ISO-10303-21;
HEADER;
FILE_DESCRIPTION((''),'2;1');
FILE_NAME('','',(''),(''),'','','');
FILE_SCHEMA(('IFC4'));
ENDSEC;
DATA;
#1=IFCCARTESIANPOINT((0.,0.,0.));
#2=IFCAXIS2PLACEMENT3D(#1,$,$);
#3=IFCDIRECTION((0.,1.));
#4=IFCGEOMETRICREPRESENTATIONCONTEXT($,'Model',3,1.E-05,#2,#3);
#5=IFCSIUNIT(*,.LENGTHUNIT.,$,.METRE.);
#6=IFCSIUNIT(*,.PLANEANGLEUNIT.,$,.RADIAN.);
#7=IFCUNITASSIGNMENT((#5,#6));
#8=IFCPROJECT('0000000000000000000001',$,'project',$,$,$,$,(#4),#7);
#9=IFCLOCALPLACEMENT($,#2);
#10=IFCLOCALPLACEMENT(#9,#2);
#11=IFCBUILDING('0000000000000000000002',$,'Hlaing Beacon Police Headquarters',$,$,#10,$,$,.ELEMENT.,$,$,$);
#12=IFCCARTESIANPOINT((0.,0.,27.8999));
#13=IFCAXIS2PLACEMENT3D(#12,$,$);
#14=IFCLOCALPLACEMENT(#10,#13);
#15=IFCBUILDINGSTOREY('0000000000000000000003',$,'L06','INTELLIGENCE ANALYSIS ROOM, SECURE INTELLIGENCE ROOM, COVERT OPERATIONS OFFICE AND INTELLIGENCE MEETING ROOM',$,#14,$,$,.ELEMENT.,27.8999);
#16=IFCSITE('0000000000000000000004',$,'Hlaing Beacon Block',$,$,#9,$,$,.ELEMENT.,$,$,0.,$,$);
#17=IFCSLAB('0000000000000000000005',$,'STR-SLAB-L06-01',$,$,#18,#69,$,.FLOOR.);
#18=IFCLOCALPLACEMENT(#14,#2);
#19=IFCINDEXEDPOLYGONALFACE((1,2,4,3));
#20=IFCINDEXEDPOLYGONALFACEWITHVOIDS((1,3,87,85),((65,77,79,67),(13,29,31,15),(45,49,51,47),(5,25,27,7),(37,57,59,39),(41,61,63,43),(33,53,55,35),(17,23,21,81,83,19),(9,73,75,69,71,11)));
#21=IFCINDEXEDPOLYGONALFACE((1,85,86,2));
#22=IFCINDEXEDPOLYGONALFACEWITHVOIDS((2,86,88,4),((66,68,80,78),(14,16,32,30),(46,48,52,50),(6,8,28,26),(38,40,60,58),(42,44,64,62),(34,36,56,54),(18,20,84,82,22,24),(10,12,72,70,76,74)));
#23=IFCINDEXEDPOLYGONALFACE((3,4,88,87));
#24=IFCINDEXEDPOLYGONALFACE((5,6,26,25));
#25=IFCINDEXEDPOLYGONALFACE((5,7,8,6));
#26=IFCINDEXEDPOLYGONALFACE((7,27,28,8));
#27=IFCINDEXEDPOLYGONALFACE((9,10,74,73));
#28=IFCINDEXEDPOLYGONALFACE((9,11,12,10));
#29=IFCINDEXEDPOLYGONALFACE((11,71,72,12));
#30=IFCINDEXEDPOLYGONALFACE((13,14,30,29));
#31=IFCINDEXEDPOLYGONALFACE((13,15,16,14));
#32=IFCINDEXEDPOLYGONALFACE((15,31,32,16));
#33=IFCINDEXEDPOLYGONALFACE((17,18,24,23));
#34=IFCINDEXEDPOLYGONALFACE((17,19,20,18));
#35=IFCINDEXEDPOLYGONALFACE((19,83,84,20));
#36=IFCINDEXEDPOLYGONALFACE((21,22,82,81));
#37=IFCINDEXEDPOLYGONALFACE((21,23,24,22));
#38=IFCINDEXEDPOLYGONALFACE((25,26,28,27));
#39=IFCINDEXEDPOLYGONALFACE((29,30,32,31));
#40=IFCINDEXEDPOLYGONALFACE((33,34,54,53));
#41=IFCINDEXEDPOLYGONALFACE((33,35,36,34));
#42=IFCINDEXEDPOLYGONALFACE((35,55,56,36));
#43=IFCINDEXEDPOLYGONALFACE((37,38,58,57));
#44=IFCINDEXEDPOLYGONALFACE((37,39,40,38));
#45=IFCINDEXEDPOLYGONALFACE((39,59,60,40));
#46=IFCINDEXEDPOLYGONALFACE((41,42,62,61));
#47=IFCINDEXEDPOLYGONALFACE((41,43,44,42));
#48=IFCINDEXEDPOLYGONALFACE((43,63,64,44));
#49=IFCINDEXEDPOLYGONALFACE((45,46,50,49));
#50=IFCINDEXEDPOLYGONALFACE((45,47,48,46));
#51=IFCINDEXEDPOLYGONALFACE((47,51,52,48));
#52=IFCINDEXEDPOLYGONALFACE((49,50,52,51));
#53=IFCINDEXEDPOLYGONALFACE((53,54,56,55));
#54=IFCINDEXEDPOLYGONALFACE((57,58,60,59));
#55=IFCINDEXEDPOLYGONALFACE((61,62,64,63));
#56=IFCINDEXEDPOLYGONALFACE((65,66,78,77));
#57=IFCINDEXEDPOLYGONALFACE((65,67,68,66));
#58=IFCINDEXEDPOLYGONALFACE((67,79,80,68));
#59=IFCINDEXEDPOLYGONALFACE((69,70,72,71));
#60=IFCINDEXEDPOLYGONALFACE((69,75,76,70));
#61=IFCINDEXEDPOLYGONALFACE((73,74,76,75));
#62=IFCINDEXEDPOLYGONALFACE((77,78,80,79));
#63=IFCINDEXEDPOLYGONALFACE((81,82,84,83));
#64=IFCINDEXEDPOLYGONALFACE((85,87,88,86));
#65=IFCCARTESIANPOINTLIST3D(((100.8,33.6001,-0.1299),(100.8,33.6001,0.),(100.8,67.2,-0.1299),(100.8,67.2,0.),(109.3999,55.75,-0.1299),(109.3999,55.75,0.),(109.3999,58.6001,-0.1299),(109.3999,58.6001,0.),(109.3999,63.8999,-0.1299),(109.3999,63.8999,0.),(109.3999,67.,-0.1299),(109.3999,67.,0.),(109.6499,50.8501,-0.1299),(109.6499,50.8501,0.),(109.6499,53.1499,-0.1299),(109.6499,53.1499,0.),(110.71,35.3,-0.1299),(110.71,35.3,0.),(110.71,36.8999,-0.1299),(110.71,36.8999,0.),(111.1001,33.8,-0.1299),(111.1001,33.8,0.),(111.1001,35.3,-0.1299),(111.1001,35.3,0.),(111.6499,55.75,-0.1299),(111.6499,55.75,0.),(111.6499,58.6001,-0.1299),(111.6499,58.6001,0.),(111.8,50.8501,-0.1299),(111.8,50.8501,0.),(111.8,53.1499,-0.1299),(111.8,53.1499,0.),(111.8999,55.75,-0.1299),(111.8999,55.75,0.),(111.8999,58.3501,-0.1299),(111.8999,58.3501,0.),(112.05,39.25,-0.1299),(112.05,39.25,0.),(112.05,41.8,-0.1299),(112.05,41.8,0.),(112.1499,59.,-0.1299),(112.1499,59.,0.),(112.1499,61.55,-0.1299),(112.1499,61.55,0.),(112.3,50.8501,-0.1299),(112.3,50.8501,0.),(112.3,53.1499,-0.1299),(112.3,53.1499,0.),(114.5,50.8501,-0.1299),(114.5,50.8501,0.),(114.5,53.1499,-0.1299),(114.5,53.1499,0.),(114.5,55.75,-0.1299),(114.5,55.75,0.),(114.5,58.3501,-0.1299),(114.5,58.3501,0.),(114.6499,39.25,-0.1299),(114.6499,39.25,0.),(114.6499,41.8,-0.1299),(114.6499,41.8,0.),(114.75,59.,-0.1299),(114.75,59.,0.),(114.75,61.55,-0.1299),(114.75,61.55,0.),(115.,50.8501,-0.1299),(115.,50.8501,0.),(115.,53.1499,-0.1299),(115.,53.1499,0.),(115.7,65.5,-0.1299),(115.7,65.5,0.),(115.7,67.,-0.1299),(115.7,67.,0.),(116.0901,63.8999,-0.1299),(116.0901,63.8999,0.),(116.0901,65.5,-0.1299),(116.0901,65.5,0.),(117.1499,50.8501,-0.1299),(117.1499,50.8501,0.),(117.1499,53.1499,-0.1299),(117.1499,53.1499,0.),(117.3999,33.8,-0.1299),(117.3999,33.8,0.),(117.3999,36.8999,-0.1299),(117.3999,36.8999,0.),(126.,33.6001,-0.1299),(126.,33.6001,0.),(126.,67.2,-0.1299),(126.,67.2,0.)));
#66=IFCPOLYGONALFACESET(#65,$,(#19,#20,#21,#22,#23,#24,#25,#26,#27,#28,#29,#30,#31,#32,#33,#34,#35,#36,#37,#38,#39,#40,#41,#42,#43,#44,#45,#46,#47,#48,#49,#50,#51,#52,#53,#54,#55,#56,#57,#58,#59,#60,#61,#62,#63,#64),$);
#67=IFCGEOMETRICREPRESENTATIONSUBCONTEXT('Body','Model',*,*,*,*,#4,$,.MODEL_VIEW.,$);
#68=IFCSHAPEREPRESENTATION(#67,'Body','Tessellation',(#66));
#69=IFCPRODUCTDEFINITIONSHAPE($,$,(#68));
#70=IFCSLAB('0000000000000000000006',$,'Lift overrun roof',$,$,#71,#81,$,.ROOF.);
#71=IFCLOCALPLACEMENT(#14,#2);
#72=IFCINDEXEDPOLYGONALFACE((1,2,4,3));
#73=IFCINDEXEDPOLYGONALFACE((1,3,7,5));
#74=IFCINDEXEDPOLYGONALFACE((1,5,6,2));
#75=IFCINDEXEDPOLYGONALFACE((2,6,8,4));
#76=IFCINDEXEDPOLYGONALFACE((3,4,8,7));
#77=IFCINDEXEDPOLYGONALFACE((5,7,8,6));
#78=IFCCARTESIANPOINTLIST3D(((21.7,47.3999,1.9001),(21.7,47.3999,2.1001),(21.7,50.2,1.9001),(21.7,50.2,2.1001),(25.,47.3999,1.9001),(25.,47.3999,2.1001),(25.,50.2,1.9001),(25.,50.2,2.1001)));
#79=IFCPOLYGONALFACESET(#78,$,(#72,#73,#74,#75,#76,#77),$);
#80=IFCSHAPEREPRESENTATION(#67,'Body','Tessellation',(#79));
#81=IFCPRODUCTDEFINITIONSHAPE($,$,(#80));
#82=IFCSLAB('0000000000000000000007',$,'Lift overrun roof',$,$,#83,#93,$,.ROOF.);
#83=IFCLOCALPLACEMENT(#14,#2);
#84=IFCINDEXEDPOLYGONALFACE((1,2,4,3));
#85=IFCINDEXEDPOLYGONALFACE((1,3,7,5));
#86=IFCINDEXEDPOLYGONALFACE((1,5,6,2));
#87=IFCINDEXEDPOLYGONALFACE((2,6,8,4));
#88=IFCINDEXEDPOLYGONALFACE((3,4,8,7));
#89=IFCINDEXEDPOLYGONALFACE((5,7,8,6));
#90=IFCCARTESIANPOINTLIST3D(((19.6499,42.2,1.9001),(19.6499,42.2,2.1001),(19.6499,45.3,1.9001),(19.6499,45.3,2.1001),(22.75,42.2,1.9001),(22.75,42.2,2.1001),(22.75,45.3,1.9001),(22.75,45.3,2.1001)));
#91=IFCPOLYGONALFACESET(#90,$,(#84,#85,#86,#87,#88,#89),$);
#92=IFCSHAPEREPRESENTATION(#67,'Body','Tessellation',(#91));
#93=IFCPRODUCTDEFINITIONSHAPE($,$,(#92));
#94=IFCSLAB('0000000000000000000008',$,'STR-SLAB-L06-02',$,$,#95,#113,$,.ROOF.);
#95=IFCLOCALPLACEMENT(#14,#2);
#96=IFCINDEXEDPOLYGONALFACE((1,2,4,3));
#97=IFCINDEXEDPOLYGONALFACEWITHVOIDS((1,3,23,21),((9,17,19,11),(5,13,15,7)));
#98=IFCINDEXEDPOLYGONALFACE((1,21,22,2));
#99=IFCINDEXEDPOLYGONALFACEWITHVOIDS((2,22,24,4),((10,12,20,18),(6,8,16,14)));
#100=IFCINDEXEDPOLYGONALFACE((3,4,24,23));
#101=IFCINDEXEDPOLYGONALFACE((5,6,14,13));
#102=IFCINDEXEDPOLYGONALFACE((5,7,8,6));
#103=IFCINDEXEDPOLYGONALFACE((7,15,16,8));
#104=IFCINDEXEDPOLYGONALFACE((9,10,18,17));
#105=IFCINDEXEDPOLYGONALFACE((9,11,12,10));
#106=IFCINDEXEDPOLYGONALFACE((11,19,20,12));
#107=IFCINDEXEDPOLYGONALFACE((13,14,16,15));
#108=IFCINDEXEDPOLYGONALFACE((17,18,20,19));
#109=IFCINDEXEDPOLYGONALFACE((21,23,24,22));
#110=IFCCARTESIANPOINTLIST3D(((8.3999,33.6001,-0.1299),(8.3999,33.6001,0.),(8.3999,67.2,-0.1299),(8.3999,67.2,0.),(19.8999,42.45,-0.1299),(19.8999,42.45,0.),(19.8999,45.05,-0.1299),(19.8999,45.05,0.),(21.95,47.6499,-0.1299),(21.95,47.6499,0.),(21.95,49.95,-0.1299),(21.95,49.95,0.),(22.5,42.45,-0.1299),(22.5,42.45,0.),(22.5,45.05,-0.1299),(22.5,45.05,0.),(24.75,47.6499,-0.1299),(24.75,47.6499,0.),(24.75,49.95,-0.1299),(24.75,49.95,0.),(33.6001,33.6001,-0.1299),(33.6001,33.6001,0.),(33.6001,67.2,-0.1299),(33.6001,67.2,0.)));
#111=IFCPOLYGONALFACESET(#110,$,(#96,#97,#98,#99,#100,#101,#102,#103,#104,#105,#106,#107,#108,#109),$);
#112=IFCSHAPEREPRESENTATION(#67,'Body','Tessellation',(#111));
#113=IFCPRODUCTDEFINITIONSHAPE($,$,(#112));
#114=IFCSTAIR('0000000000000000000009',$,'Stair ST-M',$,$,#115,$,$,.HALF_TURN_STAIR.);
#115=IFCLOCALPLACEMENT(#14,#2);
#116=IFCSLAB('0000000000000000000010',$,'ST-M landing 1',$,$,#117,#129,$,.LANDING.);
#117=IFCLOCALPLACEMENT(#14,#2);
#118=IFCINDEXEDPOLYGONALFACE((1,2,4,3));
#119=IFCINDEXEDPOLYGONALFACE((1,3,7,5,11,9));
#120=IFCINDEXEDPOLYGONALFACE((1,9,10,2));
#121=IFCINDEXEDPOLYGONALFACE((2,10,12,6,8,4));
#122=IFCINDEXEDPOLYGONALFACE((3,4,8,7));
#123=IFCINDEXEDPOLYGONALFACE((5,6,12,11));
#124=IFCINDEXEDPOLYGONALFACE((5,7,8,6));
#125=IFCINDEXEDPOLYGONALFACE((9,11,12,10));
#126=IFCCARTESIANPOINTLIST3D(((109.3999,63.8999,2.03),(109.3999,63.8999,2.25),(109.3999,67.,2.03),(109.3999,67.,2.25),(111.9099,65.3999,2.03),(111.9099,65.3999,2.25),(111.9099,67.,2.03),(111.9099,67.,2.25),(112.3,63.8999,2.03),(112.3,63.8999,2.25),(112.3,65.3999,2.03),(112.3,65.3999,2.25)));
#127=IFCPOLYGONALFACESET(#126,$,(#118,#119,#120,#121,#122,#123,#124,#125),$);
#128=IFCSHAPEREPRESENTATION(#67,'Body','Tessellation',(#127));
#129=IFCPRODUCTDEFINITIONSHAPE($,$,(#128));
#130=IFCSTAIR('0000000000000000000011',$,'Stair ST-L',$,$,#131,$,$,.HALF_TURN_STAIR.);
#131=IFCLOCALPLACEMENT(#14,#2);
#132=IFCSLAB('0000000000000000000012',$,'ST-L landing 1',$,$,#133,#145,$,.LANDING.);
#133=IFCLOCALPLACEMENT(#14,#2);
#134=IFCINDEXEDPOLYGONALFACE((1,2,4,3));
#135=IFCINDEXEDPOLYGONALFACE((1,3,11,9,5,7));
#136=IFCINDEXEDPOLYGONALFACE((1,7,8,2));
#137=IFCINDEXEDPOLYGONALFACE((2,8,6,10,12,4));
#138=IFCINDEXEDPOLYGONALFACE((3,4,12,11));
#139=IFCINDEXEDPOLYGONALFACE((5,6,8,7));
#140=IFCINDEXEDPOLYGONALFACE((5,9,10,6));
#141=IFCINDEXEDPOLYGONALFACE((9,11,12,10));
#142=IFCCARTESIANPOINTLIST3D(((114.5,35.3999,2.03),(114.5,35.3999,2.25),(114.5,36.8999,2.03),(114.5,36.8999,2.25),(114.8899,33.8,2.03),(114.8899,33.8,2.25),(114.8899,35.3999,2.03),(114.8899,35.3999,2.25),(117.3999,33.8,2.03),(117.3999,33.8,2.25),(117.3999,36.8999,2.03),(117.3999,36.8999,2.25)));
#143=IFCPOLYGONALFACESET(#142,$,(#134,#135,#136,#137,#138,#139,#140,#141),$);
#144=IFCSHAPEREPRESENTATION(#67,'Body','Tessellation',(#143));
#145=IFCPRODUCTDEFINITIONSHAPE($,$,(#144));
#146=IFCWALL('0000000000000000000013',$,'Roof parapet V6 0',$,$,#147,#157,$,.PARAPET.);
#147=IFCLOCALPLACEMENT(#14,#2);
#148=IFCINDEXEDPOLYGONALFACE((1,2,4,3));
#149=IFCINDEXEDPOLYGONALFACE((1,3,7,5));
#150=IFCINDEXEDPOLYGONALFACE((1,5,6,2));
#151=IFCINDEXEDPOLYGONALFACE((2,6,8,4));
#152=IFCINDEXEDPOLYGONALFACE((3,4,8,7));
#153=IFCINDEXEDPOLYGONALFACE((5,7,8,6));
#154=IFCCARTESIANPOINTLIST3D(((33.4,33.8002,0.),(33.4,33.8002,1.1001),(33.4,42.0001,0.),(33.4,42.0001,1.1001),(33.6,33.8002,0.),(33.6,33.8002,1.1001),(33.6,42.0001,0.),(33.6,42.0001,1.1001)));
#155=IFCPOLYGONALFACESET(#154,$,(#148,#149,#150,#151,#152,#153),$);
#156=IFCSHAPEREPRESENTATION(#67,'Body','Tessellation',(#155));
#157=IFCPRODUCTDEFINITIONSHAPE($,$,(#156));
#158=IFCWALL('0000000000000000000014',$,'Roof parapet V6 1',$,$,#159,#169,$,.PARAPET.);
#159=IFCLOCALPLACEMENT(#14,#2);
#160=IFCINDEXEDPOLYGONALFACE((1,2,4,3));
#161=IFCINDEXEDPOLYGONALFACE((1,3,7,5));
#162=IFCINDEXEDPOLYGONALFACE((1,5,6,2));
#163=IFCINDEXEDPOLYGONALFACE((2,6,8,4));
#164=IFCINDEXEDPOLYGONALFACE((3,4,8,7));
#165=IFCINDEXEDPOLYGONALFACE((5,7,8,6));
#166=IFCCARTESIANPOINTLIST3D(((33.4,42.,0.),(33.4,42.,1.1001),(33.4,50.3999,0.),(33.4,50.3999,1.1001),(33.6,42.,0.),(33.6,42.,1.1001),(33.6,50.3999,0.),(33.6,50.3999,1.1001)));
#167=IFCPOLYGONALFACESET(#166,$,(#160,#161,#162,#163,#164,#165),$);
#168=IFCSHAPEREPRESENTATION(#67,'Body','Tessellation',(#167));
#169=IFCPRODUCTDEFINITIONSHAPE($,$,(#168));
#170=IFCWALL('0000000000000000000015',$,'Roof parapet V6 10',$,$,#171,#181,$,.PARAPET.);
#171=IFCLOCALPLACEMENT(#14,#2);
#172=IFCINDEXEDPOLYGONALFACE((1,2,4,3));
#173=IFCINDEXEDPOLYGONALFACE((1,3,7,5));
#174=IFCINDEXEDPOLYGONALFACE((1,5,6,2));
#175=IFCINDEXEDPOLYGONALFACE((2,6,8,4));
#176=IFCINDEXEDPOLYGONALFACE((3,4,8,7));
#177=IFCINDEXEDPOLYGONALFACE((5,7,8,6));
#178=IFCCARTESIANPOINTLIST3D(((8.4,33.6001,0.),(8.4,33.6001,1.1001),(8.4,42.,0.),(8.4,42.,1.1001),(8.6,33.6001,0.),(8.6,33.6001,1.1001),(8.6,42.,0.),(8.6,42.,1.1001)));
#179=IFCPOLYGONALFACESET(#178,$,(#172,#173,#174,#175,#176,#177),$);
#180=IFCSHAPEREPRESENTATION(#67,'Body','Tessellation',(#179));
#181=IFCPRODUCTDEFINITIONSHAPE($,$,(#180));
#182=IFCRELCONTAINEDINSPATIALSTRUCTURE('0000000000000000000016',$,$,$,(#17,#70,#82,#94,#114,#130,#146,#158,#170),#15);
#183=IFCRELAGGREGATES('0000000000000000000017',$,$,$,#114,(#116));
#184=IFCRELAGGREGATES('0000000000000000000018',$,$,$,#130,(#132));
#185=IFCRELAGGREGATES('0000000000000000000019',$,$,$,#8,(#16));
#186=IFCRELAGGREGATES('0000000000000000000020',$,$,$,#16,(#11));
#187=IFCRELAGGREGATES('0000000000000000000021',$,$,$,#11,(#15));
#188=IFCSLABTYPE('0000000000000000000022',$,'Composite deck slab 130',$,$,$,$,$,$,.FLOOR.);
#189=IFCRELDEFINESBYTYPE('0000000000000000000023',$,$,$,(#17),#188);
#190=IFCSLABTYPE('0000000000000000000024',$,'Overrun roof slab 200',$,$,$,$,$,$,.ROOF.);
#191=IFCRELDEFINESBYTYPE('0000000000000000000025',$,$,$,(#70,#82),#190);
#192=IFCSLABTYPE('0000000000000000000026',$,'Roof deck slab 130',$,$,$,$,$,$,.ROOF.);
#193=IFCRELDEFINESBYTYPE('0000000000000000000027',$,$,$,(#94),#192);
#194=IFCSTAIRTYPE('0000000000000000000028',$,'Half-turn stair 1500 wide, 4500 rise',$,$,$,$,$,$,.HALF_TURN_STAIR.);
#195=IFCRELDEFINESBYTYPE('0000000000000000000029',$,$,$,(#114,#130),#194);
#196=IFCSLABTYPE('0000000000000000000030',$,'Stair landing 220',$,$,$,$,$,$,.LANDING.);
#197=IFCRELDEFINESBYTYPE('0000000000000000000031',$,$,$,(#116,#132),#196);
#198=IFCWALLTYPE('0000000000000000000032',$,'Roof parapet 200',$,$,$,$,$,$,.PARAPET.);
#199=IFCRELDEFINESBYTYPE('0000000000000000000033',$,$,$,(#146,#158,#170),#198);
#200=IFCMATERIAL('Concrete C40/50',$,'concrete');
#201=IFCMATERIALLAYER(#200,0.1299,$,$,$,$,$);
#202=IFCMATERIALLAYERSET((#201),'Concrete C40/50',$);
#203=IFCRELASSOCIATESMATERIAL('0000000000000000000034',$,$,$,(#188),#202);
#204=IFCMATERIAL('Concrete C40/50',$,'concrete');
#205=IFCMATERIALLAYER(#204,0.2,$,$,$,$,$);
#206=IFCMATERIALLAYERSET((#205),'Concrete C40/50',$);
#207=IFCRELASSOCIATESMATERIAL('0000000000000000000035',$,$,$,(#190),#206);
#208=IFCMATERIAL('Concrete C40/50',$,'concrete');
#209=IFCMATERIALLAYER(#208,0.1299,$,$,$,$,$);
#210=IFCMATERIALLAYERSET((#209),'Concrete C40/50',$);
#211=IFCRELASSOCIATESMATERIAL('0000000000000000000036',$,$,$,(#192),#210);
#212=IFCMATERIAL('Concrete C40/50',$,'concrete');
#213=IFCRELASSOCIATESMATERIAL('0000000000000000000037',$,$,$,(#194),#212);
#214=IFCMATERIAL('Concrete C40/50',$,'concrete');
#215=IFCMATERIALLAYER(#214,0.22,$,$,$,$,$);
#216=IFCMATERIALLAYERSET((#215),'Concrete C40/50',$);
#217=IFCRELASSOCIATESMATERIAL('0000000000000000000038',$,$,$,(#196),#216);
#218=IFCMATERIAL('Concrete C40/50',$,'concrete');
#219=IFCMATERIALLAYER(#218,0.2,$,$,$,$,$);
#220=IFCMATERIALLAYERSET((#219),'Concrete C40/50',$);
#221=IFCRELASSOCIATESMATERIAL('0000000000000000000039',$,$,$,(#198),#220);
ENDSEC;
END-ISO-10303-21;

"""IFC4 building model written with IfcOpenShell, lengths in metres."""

from ifc_helpers import new_model, si_unit, direction, frame, frame_2d, origin, place, context, subcontext, project, spatial, polyline, rectangle, outline, extrude, material, layer, layer_set, type_object, element, aggregate, save


model = new_model("IFC4")

# Units and contexts
model_context = context("Model", 3, precision=1e-05, world=origin(), true_north=direction((0.0, 1.0)))
body_context = subcontext(model_context, "Body", "Model", "MODEL_VIEW")
ifc_project = project(units=[si_unit("LENGTHUNIT", "METRE"), si_unit("PLANEANGLEUNIT", "RADIAN")], contexts=[model_context])

# Site, building, storey
site_placement = place(None, origin())
site = spatial("IfcSite", under=ifc_project, at=site_placement, Name="Hlaing Beacon Block", CompositionType="ELEMENT", RefElevation=0.0)
building_placement = place(site_placement, origin())
building = spatial("IfcBuilding", under=site, at=building_placement, Name="Hlaing Beacon Police Headquarters", CompositionType="ELEMENT")
storey_placement = place(building_placement, frame((0.0, 0.0, 27.8999)))
storey = spatial("IfcBuildingStorey", under=building, at=storey_placement, Name="L06", Description="INTELLIGENCE ANALYSIS ROOM, SECURE INTELLIGENCE ROOM, COVERT OPERATIONS OFFICE AND INTELLIGENCE MEETING ROOM", CompositionType="ELEMENT", Elevation=27.8999)

# Slabs
ifc_material_1 = material(Name="Concrete C40/50", Category="concrete")
ifc_layer_1 = layer(ifc_material_1, 0.1299)
ifc_layer_set_1 = layer_set([ifc_layer_1], Name="Concrete C40/50")
slab_type_1 = type_object("IfcSlabType", Name="Composite deck slab 130", PredefinedType="FLOOR", material=ifc_layer_set_1)
slab_1_placement = place(storey_placement, frame((0.0, 0.0, -0.1299)))
element("IfcSlab", 1, at=slab_1_placement, inside=storey, type_object=slab_type_1, Name="STR-SLAB-L06-01", PredefinedType="FLOOR", context=body_context, shape_type="SweptSolid", body=[
    extrude(outline(polyline([(100.8, 33.6001), (126.0, 33.6001), (126.0, 67.2), (100.8, 67.2), (100.8, 33.6001)]), holes=[polyline([(109.3999, 55.75), (111.6499, 55.75), (111.6499, 58.6001), (109.3999, 58.6001), (109.3999, 55.75)]), polyline([(109.3999, 63.8999), (116.0901, 63.8999), (116.0901, 65.5), (115.7, 65.5), (115.7, 67.0), (109.3999, 67.0), (109.3999, 63.8999)]), polyline([(109.6499, 50.8501), (111.8, 50.8501), (111.8, 53.1499), (109.6499, 53.1499), (109.6499, 50.8501)]), polyline([(111.1001, 33.8), (117.3999, 33.8), (117.3999, 36.8999), (110.71, 36.8999), (110.71, 35.3), (111.1001, 35.3), (111.1001, 33.8)]), polyline([(111.8999, 55.75), (114.5, 55.75), (114.5, 58.3501), (111.8999, 58.3501), (111.8999, 55.75)]), polyline([(112.05, 39.25), (114.6499, 39.25), (114.6499, 41.8), (112.05, 41.8), (112.05, 39.25)]), polyline([(112.1499, 59.0), (114.75, 59.0), (114.75, 61.55), (112.1499, 61.55), (112.1499, 59.0)]), polyline([(112.3, 50.8501), (114.5, 50.8501), (114.5, 53.1499), (112.3, 53.1499), (112.3, 50.8501)]), polyline([(115.0, 50.8501), (117.1499, 50.8501), (117.1499, 53.1499), (115.0, 53.1499), (115.0, 50.8501)])]), origin(), (0.0, 0.0, 1.0), 0.1299),
])
ifc_material_2 = material(Name="Concrete C40/50", Category="concrete")
ifc_layer_2 = layer(ifc_material_2, 0.2)
ifc_layer_set_2 = layer_set([ifc_layer_2], Name="Concrete C40/50")
slab_type_2 = type_object("IfcSlabType", Name="Overrun roof slab 200", PredefinedType="ROOF", material=ifc_layer_set_2)
slab_2_placement = place(storey_placement, frame((0.0, 0.0, 1.9001)))
element("IfcSlab", 2, at=slab_2_placement, inside=storey, type_object=slab_type_2, Name="Lift overrun roof", PredefinedType="ROOF", context=body_context, shape_type="SweptSolid", body=[
    extrude(outline(polyline([(21.7, 47.3999), (25.0, 47.3999), (25.0, 50.2), (21.7, 50.2), (21.7, 47.3999)])), origin(), (0.0, 0.0, 1.0), 0.2),
])
slab_3_placement = place(storey_placement, frame((0.0, 0.0, 1.9001)))
element("IfcSlab", 3, at=slab_3_placement, inside=storey, type_object=slab_type_2, Name="Lift overrun roof", PredefinedType="ROOF", context=body_context, shape_type="SweptSolid", body=[
    extrude(outline(polyline([(19.6499, 42.2), (22.75, 42.2), (22.75, 45.3), (19.6499, 45.3), (19.6499, 42.2)])), origin(), (0.0, 0.0, 1.0), 0.2),
])
ifc_material_3 = material(Name="Concrete C40/50", Category="concrete")
ifc_layer_3 = layer(ifc_material_3, 0.1299)
ifc_layer_set_3 = layer_set([ifc_layer_3], Name="Concrete C40/50")
slab_type_3 = type_object("IfcSlabType", Name="Roof deck slab 130", PredefinedType="ROOF", material=ifc_layer_set_3)
slab_4_placement = place(storey_placement, frame((0.0, 0.0, -0.1299)))
element("IfcSlab", 4, at=slab_4_placement, inside=storey, type_object=slab_type_3, Name="STR-SLAB-L06-02", PredefinedType="ROOF", context=body_context, shape_type="SweptSolid", body=[
    extrude(outline(polyline([(8.3999, 33.6001), (33.6001, 33.6001), (33.6001, 67.2), (8.3999, 67.2), (8.3999, 33.6001)]), holes=[polyline([(19.8999, 42.45), (22.5, 42.45), (22.5, 45.05), (19.8999, 45.05), (19.8999, 42.45)]), polyline([(21.95, 47.6499), (24.75, 47.6499), (24.75, 49.95), (21.95, 49.95), (21.95, 47.6499)])]), origin(), (0.0, 0.0, 1.0), 0.1299),
])

# Stairs, slabs
ifc_material_4 = material(Name="Concrete C40/50", Category="concrete")
stair_type = type_object("IfcStairType", Name="Half-turn stair 1500 wide, 4500 rise", PredefinedType="HALF_TURN_STAIR", material=ifc_material_4)
stair_1_placement = place(storey_placement, origin())
stair_1 = element("IfcStair", 5, at=stair_1_placement, inside=storey, type_object=stair_type, Name="Stair ST-M", PredefinedType="HALF_TURN_STAIR")
ifc_material_5 = material(Name="Concrete C40/50", Category="concrete")
ifc_layer_4 = layer(ifc_material_5, 0.22)
ifc_layer_set_4 = layer_set([ifc_layer_4], Name="Concrete C40/50")
slab_type_4 = type_object("IfcSlabType", Name="Stair landing 220", PredefinedType="LANDING", material=ifc_layer_set_4)
slab_5_placement = place(storey_placement, frame((0.0, 0.0, 2.03)))
slab_5 = element("IfcSlab", 6, at=slab_5_placement, type_object=slab_type_4, Name="ST-M landing 1", PredefinedType="LANDING", context=body_context, shape_type="SweptSolid", body=[
    extrude(outline(polyline([(111.9099, 67.0), (109.3999, 67.0), (109.3999, 63.8999), (112.3, 63.8999), (112.3, 65.3999), (111.9099, 65.3999), (111.9099, 67.0)])), origin(), (0.0, 0.0, 1.0), 0.22),
])
aggregate(stair_1, [slab_5])
stair_2_placement = place(storey_placement, origin())
stair_2 = element("IfcStair", 7, at=stair_2_placement, inside=storey, type_object=stair_type, Name="Stair ST-L", PredefinedType="HALF_TURN_STAIR")
slab_6_placement = place(storey_placement, frame((0.0, 0.0, 2.03)))
slab_6 = element("IfcSlab", 8, at=slab_6_placement, type_object=slab_type_4, Name="ST-L landing 1", PredefinedType="LANDING", context=body_context, shape_type="SweptSolid", body=[
    extrude(outline(polyline([(114.8899, 33.8), (117.3999, 33.8), (117.3999, 36.8999), (114.5, 36.8999), (114.5, 35.3999), (114.8899, 35.3999), (114.8899, 33.8)])), origin(), (0.0, 0.0, 1.0), 0.22),
])
aggregate(stair_2, [slab_6])

# Walls
ifc_material_6 = material(Name="Concrete C40/50", Category="concrete")
ifc_layer_5 = layer(ifc_material_6, 0.2)
ifc_layer_set_5 = layer_set([ifc_layer_5], Name="Concrete C40/50")
wall_type_1 = type_object("IfcWallType", Name="Roof parapet 200", PredefinedType="PARAPET", material=ifc_layer_set_5)
wall_1_placement = place(storey_placement, frame((33.5, 33.8, 0.0), z_axis=(0.0, 0.0, 1.0), x_axis=(0.0, 1.0, 0.0)))
element("IfcWall", 9, at=wall_1_placement, inside=storey, type_object=wall_type_1, Name="Roof parapet V6 0", PredefinedType="PARAPET", context=body_context, shape_type="SweptSolid", body=[
    extrude(rectangle(XDim=8.2, YDim=0.2, at=frame_2d((4.1001, 0.0))), origin(), (0.0, 0.0, 1.0), 1.1001),
])
for number, where, z_axis, x_axis, name in (
    (10, (33.5, 42.0, 0.0), (0.0, 0.0, 1.0), (0.0, 1.0, 0.0), "Roof parapet V6 1"),
    (11, (8.5, 42.0, 0.0), (0.0, 0.0, 1.0), (0.0, -1.0, 0.0), "Roof parapet V6 10"),
):
    element("IfcWall", number, at=place(storey_placement, frame(where, z_axis=z_axis, x_axis=x_axis)), inside=storey, type_object=wall_type_1, Name=name, PredefinedType="PARAPET", context=body_context, shape_type="SweptSolid", body=[
        extrude(rectangle(XDim=8.3999, YDim=0.2, at=frame_2d((4.2, 0.0))), origin(), (0.0, 0.0, 1.0), 1.1001),
    ])

save(model, "model.ifc")
